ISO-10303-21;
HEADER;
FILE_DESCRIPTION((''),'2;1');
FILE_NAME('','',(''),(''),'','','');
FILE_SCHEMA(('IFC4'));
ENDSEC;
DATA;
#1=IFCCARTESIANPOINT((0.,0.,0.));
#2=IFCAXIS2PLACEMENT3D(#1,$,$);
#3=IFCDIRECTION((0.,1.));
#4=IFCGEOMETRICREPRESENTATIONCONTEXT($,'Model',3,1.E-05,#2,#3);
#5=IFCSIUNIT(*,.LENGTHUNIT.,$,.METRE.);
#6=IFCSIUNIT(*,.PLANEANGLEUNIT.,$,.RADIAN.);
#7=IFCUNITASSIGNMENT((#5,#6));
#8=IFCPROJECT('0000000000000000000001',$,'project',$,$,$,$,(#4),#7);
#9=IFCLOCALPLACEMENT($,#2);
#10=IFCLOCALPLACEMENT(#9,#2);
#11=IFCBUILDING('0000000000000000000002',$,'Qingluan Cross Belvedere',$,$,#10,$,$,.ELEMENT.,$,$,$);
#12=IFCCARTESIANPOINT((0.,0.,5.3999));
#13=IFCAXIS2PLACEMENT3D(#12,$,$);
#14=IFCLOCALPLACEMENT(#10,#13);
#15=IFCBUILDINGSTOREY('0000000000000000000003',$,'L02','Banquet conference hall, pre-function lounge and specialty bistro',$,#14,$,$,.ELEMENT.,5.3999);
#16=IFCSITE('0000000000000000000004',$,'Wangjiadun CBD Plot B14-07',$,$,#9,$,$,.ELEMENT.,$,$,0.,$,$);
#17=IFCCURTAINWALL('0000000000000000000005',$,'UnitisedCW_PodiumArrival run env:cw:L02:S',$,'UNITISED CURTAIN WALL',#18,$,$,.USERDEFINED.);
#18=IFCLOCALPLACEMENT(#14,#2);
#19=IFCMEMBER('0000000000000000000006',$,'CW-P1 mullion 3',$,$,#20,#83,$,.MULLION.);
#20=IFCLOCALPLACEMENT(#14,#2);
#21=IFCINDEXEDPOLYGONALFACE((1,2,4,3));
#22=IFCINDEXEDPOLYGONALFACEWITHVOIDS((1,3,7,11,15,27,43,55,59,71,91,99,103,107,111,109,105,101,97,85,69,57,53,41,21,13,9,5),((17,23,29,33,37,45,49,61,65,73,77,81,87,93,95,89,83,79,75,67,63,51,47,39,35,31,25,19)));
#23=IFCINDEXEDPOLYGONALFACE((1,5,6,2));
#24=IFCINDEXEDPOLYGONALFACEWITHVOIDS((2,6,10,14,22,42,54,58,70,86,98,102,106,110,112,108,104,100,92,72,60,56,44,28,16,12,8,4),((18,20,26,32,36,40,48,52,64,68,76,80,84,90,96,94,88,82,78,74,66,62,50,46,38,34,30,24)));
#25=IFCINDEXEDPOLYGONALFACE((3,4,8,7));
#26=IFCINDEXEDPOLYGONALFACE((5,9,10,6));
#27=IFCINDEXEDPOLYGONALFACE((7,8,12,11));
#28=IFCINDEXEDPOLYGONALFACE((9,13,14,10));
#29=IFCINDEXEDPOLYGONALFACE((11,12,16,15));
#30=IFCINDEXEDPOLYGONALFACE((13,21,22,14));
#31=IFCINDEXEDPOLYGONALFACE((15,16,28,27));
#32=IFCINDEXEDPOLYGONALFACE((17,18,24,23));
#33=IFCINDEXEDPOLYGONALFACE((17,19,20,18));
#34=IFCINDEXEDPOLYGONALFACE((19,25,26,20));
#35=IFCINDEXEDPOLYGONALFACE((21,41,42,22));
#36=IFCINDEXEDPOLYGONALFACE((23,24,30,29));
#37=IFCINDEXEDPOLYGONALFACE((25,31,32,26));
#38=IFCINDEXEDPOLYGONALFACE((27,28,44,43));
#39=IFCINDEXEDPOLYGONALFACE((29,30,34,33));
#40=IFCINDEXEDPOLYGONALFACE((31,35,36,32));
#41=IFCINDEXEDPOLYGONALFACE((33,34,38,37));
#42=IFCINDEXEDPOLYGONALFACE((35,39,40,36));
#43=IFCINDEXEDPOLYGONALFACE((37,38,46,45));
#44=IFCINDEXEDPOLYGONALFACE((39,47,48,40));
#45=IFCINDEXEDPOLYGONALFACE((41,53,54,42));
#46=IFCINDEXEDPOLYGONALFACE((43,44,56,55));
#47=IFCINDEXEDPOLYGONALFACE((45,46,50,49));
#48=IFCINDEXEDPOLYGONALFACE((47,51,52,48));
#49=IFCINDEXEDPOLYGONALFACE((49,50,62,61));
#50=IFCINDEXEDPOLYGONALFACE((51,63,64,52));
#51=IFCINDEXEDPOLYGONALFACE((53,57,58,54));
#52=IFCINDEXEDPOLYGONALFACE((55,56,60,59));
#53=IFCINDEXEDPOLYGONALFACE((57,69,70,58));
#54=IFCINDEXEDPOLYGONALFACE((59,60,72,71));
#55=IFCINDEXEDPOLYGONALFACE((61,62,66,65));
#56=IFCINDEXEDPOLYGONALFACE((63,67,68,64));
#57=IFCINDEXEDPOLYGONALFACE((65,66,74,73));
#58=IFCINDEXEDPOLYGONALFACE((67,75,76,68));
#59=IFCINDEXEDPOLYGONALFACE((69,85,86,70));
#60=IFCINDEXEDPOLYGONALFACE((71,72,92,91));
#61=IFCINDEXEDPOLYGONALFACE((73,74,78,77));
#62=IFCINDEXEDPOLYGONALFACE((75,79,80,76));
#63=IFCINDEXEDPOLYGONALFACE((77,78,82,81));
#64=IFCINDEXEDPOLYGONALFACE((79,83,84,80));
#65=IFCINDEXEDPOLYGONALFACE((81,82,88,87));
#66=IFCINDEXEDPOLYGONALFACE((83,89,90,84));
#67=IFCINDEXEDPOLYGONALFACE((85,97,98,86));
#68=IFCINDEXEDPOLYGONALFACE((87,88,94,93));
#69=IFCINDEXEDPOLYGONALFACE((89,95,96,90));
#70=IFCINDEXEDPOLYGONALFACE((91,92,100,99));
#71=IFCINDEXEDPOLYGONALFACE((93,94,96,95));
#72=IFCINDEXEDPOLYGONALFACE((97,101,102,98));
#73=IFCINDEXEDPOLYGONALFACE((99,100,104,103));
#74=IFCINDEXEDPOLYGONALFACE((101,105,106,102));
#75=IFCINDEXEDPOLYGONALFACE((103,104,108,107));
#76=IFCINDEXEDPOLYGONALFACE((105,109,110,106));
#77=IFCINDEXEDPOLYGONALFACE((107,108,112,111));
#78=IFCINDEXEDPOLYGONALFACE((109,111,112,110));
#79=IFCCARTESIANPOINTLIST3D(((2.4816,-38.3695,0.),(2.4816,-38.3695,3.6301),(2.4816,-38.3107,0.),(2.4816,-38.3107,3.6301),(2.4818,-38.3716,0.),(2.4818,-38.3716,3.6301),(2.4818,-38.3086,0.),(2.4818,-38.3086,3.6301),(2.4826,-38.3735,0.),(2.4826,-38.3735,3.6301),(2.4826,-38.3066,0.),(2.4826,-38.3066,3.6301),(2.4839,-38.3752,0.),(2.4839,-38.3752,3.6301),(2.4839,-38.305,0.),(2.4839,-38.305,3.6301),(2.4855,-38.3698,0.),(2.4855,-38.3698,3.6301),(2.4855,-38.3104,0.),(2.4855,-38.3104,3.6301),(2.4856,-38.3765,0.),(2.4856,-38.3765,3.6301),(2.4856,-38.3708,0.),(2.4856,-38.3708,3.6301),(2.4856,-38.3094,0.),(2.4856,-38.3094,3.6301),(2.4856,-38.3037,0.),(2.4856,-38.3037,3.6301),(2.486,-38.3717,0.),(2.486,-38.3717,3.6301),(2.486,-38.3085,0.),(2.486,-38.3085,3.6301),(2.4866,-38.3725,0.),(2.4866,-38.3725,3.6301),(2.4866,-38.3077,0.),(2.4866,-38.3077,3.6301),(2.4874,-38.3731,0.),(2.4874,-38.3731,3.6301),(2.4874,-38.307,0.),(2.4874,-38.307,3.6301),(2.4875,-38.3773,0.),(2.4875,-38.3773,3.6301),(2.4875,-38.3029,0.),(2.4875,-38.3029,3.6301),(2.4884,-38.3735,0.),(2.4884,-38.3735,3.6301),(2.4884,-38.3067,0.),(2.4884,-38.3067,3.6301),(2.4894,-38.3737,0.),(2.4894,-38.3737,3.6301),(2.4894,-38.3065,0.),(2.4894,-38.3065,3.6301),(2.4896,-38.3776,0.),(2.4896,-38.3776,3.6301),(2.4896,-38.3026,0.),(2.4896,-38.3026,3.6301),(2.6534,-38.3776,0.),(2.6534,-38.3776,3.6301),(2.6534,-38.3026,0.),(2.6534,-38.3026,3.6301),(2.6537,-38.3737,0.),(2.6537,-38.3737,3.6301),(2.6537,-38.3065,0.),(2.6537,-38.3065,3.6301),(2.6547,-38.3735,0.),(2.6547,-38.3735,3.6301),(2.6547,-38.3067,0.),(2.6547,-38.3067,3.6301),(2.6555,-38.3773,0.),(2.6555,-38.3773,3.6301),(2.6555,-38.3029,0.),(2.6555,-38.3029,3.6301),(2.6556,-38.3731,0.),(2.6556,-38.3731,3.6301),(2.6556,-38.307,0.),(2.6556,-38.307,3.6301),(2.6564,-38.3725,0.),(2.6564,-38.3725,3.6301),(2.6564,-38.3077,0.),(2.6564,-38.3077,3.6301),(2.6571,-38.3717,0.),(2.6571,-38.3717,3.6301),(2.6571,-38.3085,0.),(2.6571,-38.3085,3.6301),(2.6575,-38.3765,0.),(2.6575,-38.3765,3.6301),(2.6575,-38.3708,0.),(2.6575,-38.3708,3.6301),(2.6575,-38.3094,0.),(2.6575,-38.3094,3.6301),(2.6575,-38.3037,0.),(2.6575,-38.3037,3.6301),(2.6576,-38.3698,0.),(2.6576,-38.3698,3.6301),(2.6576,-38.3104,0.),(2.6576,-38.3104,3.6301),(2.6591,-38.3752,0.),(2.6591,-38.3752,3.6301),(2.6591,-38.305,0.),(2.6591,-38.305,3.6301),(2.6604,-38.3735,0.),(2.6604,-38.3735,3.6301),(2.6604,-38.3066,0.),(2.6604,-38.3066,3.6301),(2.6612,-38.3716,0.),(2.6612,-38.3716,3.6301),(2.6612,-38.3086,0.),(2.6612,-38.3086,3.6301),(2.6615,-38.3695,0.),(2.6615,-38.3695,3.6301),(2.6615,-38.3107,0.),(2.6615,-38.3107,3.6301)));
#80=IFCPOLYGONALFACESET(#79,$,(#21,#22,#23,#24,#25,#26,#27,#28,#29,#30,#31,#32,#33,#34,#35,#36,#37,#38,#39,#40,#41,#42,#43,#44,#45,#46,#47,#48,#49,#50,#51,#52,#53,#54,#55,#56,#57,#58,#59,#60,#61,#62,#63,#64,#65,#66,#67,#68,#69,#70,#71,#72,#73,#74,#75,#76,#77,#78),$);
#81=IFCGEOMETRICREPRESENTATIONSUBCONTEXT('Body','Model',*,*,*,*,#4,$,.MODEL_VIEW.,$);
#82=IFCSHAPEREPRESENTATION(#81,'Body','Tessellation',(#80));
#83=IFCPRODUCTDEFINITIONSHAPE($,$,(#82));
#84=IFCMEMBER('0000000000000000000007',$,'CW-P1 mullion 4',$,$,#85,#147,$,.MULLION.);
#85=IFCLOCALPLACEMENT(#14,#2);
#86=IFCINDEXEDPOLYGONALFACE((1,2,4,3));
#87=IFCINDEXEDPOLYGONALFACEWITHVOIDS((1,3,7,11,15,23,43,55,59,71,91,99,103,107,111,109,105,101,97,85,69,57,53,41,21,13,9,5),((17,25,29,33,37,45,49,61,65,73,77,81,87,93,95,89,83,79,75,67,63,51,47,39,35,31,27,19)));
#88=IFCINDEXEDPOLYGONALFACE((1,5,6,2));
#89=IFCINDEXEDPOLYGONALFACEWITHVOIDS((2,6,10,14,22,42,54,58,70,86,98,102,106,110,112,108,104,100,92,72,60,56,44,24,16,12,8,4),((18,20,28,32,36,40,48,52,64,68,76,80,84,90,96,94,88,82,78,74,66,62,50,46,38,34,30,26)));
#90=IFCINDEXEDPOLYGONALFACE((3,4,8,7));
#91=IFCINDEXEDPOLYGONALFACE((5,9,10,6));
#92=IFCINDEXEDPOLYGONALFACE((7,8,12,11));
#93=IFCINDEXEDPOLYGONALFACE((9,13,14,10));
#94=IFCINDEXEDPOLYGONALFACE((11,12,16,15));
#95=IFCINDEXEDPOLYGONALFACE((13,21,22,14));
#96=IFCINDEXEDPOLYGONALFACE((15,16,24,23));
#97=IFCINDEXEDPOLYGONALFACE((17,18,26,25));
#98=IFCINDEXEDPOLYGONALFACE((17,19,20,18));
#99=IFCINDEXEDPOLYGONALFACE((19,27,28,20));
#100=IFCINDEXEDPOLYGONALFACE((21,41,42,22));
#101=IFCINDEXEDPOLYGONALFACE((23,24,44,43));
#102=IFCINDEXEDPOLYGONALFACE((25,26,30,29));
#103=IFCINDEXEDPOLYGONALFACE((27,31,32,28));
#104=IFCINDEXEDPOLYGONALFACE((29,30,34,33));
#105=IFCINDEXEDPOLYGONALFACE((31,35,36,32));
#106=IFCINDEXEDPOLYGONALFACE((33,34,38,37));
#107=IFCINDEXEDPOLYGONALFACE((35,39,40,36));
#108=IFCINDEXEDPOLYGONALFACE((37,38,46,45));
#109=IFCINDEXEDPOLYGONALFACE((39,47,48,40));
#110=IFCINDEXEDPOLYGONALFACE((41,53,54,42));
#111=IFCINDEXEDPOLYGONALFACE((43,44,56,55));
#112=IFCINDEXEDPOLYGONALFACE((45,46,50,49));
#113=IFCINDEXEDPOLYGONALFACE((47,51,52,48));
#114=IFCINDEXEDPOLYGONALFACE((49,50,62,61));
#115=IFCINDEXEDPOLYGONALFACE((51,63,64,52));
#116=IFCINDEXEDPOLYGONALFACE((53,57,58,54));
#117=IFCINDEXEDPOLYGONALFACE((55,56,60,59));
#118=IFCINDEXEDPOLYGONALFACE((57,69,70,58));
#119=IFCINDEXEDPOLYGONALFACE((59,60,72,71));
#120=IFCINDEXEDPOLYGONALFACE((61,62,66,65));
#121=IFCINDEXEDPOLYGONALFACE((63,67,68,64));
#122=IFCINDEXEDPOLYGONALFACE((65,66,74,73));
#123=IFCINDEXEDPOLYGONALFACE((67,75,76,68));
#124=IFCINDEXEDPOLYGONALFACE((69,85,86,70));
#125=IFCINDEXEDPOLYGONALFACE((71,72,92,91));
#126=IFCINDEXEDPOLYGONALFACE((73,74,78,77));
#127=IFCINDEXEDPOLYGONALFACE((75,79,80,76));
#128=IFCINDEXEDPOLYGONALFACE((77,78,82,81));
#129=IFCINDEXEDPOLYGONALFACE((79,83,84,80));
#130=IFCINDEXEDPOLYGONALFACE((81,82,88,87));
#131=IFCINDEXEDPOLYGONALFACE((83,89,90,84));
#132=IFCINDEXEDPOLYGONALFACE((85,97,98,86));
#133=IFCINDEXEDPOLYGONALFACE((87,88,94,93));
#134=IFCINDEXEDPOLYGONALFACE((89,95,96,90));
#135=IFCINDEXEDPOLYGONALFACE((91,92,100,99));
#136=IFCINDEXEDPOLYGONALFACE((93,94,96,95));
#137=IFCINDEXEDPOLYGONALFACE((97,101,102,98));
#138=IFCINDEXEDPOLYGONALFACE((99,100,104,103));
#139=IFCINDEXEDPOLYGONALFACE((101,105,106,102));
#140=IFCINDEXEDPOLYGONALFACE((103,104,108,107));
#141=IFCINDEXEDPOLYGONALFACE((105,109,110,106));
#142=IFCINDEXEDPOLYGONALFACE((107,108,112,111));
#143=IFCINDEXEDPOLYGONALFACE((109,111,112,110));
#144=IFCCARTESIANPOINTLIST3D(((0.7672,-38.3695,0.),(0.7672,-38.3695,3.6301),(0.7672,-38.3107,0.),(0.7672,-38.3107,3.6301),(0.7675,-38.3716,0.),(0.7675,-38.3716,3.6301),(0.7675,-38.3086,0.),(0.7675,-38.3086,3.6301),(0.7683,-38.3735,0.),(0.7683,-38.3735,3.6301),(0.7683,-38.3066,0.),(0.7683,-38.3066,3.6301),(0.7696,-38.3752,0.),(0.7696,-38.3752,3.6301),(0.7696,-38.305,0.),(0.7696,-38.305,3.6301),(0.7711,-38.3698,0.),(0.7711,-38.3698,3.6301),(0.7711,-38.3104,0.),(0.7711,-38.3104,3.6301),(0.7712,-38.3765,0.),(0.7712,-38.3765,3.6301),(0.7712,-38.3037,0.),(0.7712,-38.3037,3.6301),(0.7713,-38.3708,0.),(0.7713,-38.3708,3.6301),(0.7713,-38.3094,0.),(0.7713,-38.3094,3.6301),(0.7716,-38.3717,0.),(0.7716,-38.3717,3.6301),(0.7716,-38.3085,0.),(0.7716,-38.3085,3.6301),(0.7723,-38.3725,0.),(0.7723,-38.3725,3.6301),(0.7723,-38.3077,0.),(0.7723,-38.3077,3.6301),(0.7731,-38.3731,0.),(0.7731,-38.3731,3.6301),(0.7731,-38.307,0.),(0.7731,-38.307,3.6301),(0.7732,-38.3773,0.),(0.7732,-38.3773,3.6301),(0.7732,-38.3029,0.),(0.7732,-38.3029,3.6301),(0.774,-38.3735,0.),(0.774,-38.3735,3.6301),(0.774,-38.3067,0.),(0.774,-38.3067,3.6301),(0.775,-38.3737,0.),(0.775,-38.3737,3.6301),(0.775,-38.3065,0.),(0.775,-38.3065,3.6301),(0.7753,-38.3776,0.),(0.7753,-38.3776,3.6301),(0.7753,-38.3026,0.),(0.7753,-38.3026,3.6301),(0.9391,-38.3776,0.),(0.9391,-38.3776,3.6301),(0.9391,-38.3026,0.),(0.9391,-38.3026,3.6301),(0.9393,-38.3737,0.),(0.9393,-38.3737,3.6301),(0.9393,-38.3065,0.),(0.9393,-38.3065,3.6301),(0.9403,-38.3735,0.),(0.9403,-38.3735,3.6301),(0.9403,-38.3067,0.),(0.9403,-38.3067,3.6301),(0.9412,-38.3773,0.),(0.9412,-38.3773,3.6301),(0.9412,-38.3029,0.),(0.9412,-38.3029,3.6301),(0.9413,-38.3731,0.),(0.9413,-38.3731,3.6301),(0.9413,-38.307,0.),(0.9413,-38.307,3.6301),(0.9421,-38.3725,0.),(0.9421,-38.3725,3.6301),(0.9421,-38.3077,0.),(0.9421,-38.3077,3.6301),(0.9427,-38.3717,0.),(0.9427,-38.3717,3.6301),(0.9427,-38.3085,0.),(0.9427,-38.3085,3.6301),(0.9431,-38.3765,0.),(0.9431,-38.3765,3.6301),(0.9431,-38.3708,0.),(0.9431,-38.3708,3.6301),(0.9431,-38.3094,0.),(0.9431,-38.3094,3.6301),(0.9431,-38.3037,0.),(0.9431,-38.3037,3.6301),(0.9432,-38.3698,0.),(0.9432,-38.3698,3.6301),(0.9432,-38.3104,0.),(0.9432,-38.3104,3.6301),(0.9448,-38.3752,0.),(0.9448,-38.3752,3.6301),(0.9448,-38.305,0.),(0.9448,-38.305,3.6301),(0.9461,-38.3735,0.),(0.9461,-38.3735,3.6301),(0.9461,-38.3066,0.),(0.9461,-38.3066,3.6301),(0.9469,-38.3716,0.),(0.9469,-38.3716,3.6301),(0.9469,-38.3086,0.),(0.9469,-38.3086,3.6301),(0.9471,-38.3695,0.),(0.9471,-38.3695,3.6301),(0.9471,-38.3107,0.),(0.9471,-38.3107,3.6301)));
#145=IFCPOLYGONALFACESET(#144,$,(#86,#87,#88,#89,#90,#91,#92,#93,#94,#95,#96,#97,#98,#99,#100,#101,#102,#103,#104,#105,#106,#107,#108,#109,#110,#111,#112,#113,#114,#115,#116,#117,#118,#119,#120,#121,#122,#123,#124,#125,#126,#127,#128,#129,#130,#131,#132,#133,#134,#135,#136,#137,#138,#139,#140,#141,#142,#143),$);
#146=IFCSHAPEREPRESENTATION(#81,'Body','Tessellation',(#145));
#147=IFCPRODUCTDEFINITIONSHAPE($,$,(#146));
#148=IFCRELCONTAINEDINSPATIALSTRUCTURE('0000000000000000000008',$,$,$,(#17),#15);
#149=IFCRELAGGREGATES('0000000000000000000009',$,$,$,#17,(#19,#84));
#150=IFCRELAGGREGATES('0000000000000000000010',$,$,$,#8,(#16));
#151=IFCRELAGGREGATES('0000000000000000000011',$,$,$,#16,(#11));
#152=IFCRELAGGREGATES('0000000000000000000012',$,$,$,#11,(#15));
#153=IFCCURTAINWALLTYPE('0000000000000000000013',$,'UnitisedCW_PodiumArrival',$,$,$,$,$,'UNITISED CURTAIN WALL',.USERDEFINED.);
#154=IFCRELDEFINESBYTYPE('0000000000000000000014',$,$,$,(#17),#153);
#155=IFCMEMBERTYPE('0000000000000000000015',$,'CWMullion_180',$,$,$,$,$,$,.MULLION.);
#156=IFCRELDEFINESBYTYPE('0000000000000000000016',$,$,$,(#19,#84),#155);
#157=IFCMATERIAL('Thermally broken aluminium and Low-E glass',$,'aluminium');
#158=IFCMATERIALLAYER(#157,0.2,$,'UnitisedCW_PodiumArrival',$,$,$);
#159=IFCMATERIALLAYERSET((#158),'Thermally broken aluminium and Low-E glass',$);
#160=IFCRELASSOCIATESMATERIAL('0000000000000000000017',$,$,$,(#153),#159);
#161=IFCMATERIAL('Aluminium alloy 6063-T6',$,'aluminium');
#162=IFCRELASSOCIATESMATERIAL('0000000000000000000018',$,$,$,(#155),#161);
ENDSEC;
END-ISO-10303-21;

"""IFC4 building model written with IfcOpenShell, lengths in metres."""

from ifc_helpers import new_model, si_unit, direction, frame, origin, origin_2d, place, context, subcontext, project, spatial, hollow_rectangle, extrude, material, layer, layer_set, material_profile, profile_set, type_object, element, aggregate, save


model = new_model("IFC4")

# Units and contexts
model_context = context("Model", 3, precision=1e-05, world=origin(), true_north=direction((0.0, 1.0)))
body_context = subcontext(model_context, "Body", "Model", "MODEL_VIEW")
ifc_project = project(units=[si_unit("LENGTHUNIT", "METRE"), si_unit("PLANEANGLEUNIT", "RADIAN")], contexts=[model_context])

# Site, building, storey
site_placement = place(None, origin())
site = spatial("IfcSite", under=ifc_project, at=site_placement, Name="Wangjiadun CBD Plot B14-07", CompositionType="ELEMENT", RefElevation=0.0)
building_placement = place(site_placement, origin())
building = spatial("IfcBuilding", under=site, at=building_placement, Name="Qingluan Cross Belvedere", CompositionType="ELEMENT")
storey_placement = place(building_placement, frame((0.0, 0.0, 5.3999)))
storey = spatial("IfcBuildingStorey", under=building, at=storey_placement, Name="L02", Description="Banquet conference hall, pre-function lounge and specialty bistro", CompositionType="ELEMENT", Elevation=5.3999)

# Curtain wall, members
ifc_material_1 = material(Name="Thermally broken aluminium and Low-E glass", Category="aluminium")
ifc_layer_1 = layer(ifc_material_1, 0.2, Name="UnitisedCW_PodiumArrival")
ifc_layer_set_1 = layer_set([ifc_layer_1], Name="Thermally broken aluminium and Low-E glass")
curtain_wall_type = type_object("IfcCurtainWallType", Name="UnitisedCW_PodiumArrival", ElementType="UNITISED CURTAIN WALL", PredefinedType="USERDEFINED", material=ifc_layer_set_1)
curtain_wall_placement = place(storey_placement, origin())
curtain_wall = element("IfcCurtainWall", 1, at=curtain_wall_placement, inside=storey, type_object=curtain_wall_type, Name="UnitisedCW_PodiumArrival run env:cw:L02:S", ObjectType="UNITISED CURTAIN WALL", PredefinedType="USERDEFINED")
ifc_material_2 = material(Name="Aluminium alloy 6063-T6", Category="aluminium")
ifc_material_profile_1 = material_profile(ifc_material_2, hollow_rectangle(XDim=0.075, YDim=0.1799, WallThickness=0.0039, InnerFilletRadius=0.0039, OuterFilletRadius=0.0081, at=origin_2d()), Name="CWM180x75x4")
ifc_profile_set_1 = profile_set([ifc_material_profile_1], Name="Aluminium alloy 6063-T6")
member_type_1 = type_object("IfcMemberType", Name="CWMullion_180", PredefinedType="MULLION", material=ifc_profile_set_1)
member_1_placement = place(storey_placement, frame((2.5715, -38.3401, 0.0), z_axis=(0.0, 0.0, 1.0), x_axis=(0.0, -1.0, 0.0)))
member_1 = element("IfcMember", 2, at=member_1_placement, type_object=member_type_1, Name="CW-P1 mullion 3", PredefinedType="MULLION", context=body_context, shape_type="SweptSolid", body=[
    extrude(hollow_rectangle(XDim=0.075, YDim=0.1799, WallThickness=0.0039, InnerFilletRadius=0.0039, OuterFilletRadius=0.0081, at=origin_2d()), origin(), (0.0, 0.0, 1.0), 3.6301),
])
member_2_placement = place(storey_placement, frame((0.8572, -38.3401, 0.0), z_axis=(0.0, 0.0, 1.0), x_axis=(0.0, -1.0, 0.0)))
member_2 = element("IfcMember", 3, at=member_2_placement, type_object=member_type_1, Name="CW-P1 mullion 4", PredefinedType="MULLION", context=body_context, shape_type="SweptSolid", body=[
    extrude(hollow_rectangle(XDim=0.075, YDim=0.1799, WallThickness=0.0039, InnerFilletRadius=0.0039, OuterFilletRadius=0.0081, at=origin_2d()), origin(), (0.0, 0.0, 1.0), 3.6301),
])
aggregate(curtain_wall, [member_1, member_2])

save(model, "model.ifc")
